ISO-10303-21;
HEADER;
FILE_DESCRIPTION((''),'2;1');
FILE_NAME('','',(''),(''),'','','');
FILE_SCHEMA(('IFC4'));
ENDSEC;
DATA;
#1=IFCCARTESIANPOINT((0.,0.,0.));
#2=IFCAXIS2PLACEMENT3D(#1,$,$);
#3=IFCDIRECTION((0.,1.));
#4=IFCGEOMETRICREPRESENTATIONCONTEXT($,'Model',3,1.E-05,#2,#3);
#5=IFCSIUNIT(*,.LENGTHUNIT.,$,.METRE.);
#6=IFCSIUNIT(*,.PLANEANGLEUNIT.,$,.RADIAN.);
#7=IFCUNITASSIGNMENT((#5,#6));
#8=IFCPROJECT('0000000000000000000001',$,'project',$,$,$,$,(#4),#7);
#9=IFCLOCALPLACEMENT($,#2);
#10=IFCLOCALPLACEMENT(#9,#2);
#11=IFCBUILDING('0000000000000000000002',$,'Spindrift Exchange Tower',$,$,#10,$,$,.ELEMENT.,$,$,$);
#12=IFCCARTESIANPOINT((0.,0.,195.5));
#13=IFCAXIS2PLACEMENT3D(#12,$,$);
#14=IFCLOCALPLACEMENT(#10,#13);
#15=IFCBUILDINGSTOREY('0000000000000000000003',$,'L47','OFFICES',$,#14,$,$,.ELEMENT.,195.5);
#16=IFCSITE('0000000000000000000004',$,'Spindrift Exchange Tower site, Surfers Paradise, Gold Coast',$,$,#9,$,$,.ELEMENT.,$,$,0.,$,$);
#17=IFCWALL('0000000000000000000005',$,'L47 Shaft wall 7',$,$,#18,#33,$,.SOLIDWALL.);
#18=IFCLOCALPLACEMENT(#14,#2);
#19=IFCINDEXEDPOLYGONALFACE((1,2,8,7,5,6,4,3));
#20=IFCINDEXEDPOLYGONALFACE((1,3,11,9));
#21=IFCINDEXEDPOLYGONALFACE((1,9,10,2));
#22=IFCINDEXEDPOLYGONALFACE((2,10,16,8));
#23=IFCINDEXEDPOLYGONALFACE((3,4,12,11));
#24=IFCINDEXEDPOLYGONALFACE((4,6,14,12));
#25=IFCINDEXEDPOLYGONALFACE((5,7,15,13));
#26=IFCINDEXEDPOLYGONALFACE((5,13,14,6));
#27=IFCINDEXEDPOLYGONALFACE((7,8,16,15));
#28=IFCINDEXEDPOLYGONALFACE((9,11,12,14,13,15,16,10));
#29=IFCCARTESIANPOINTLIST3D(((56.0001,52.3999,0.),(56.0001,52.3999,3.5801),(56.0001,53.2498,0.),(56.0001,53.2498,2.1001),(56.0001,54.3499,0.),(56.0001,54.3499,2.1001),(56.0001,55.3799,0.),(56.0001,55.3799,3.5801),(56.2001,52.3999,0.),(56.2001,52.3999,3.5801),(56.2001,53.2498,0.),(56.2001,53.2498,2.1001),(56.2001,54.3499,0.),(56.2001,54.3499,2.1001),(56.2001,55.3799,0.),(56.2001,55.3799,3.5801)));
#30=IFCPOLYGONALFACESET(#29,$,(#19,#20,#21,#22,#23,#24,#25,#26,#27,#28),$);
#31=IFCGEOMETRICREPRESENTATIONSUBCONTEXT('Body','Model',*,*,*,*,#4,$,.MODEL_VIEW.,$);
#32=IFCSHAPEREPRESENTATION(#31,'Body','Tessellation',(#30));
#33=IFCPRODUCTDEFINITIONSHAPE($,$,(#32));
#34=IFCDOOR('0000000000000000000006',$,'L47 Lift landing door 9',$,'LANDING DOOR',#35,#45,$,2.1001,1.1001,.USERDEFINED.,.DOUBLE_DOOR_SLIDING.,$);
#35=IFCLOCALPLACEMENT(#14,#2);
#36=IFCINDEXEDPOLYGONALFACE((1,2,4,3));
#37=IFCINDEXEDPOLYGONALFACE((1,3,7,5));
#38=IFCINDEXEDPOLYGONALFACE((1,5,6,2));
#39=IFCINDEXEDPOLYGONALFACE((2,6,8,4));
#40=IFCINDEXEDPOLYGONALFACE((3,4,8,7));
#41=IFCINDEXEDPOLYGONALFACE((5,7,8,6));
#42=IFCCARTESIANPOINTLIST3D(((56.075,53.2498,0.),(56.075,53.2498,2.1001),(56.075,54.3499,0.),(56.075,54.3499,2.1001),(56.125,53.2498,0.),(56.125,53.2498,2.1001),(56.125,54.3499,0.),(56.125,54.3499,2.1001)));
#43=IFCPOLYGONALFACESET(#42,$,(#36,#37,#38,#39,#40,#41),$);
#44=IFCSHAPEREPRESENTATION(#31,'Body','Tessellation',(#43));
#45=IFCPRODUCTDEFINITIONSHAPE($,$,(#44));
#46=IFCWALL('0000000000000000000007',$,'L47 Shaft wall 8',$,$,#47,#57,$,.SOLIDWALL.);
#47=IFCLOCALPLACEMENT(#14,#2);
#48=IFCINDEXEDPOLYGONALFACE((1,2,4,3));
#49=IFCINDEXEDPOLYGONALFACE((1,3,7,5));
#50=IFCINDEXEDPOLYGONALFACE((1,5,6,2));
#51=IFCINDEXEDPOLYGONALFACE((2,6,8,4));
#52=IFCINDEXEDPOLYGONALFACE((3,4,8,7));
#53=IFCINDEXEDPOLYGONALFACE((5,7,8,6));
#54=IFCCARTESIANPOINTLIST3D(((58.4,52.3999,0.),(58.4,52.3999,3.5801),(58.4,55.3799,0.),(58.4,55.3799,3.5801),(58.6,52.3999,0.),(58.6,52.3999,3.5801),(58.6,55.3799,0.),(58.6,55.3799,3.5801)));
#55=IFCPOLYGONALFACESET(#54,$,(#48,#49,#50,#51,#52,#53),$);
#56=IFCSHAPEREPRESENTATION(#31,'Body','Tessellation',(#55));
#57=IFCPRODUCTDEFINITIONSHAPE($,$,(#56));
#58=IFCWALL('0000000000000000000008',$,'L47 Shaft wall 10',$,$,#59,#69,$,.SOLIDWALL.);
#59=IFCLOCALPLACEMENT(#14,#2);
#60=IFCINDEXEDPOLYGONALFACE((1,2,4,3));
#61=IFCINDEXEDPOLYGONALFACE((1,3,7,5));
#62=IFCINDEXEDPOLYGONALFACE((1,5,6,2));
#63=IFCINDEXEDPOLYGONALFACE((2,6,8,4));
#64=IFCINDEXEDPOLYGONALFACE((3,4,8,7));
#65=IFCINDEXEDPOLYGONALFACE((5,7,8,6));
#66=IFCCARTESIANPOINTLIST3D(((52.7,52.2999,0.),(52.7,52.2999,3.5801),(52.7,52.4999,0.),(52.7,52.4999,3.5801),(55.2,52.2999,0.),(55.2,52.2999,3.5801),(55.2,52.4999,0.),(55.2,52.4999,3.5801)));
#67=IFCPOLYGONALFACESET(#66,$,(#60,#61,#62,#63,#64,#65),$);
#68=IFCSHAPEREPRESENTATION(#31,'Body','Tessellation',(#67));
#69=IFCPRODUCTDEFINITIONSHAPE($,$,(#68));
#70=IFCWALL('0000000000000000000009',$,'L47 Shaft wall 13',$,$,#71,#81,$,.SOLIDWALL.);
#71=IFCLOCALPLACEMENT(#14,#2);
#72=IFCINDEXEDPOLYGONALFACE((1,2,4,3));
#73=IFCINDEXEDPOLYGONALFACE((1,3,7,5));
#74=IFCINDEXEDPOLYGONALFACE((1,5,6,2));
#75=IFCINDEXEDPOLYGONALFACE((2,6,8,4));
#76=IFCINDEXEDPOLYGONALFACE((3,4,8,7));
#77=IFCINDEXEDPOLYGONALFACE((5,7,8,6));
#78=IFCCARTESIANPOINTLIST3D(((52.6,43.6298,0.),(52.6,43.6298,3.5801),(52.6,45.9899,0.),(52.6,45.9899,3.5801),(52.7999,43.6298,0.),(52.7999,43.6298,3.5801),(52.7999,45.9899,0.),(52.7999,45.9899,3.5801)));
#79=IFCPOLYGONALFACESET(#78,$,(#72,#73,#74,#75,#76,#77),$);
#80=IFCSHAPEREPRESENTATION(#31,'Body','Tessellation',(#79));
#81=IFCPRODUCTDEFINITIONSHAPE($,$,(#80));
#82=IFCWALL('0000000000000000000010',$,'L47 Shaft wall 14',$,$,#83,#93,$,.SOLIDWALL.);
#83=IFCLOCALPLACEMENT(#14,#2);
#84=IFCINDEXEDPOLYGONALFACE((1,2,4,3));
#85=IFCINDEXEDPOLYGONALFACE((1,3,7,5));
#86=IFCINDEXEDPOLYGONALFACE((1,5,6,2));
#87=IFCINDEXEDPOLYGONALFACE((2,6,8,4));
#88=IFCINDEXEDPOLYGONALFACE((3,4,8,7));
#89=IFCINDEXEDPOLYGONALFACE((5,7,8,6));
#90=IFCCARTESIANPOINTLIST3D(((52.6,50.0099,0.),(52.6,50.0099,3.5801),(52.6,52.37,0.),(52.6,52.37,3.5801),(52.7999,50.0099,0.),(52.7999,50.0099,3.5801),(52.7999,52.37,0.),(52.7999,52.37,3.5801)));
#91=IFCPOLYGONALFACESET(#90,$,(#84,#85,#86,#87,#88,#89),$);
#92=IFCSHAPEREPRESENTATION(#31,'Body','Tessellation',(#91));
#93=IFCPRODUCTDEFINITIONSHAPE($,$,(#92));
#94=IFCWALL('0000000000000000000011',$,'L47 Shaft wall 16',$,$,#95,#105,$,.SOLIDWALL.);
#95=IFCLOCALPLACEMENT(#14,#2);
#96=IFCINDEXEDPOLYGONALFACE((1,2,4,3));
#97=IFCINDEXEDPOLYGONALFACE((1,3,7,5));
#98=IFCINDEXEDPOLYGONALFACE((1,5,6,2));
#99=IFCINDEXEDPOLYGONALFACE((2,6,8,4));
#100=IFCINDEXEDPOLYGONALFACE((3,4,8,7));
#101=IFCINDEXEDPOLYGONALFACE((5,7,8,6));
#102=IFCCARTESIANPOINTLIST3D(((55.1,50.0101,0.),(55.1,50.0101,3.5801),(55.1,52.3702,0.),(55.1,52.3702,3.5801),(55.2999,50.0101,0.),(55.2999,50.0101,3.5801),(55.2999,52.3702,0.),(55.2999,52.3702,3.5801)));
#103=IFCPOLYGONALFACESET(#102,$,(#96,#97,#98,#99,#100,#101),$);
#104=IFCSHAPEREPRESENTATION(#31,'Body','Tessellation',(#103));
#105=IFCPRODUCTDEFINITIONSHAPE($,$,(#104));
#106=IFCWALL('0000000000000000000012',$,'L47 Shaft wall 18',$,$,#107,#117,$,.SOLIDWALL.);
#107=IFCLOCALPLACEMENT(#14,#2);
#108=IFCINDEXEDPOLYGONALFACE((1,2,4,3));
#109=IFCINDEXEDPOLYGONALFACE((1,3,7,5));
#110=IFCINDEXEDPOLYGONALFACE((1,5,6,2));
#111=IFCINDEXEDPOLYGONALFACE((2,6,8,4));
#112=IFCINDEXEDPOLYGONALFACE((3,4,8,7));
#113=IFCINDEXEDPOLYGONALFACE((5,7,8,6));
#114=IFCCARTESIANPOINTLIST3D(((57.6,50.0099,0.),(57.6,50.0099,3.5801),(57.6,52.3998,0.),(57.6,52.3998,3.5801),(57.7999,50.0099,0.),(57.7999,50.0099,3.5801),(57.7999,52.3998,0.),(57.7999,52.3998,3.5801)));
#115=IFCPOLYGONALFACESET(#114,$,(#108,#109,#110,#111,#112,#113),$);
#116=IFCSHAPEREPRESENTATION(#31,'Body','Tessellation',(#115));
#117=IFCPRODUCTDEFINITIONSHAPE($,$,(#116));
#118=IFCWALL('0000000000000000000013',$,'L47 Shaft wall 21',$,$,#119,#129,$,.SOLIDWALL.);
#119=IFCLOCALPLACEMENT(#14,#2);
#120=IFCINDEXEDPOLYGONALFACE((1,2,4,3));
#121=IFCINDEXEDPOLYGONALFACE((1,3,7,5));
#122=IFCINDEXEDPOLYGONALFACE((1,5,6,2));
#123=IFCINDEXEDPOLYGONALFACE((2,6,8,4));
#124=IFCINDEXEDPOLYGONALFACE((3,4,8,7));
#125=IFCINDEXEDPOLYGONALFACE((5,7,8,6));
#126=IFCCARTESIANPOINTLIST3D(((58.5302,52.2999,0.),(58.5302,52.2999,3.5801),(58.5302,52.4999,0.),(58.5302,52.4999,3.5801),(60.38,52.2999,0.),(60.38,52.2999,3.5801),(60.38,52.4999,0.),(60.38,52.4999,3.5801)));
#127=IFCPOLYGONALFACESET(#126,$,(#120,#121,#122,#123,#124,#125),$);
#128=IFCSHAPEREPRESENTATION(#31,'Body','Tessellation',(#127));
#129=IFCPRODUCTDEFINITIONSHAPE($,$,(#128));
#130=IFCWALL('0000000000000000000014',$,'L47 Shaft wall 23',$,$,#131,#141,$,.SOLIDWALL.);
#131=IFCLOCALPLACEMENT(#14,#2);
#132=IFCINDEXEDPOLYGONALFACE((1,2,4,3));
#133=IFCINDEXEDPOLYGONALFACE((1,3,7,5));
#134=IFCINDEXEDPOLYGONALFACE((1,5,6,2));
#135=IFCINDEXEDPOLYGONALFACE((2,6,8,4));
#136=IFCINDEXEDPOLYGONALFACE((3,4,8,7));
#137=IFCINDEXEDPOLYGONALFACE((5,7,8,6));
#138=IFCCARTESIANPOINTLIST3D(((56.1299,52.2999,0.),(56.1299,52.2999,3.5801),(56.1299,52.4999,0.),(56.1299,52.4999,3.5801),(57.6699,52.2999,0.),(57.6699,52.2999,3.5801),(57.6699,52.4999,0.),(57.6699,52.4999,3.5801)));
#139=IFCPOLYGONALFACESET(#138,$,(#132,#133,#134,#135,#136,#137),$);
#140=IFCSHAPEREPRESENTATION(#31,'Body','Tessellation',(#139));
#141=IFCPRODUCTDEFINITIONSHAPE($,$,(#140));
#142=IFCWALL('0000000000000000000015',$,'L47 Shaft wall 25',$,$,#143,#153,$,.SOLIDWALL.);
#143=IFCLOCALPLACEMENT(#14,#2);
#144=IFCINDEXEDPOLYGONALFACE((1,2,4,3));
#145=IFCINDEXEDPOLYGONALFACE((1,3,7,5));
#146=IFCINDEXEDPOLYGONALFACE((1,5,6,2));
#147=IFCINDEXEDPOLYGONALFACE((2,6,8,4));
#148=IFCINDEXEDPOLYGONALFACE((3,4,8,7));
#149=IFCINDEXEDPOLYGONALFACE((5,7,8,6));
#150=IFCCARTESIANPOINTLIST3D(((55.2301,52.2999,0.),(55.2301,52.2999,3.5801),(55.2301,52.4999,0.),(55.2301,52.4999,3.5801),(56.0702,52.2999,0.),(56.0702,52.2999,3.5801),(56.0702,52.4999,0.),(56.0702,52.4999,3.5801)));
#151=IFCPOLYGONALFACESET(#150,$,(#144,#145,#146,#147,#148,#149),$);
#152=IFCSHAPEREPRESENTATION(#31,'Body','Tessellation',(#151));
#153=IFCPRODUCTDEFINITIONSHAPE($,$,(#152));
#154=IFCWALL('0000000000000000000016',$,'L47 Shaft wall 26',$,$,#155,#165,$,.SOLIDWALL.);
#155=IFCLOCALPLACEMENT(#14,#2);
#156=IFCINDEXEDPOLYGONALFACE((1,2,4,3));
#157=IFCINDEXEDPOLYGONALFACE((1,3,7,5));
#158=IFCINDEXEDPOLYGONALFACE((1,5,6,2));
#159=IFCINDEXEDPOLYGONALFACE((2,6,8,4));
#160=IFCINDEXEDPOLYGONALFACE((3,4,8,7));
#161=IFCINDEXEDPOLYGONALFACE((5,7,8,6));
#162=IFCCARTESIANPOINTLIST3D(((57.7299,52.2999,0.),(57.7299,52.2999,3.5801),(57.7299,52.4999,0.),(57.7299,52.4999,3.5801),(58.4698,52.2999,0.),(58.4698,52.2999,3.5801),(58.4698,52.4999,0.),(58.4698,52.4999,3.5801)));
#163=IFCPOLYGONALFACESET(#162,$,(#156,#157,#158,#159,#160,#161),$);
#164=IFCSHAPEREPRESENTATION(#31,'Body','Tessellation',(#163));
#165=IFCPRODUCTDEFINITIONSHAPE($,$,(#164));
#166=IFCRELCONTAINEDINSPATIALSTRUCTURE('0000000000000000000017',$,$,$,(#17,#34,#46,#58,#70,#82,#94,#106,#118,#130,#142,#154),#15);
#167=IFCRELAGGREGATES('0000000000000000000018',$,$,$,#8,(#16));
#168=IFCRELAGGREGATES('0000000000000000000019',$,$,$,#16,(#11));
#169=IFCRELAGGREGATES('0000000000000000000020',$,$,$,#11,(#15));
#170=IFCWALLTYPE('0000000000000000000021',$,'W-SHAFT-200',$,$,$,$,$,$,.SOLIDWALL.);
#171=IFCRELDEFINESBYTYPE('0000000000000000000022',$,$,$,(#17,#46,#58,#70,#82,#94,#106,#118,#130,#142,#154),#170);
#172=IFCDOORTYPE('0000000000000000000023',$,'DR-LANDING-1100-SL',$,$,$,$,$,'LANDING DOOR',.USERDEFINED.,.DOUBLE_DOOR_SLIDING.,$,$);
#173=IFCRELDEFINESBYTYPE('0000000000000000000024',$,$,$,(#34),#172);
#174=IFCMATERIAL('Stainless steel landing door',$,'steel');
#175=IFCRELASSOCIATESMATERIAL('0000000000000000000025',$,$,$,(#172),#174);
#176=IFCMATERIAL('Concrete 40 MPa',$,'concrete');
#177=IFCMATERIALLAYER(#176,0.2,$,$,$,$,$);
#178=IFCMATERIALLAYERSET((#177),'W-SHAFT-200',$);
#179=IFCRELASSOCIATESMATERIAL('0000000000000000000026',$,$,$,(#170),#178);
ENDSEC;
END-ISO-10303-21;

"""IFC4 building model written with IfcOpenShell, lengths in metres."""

from ifc_helpers import new_model, si_unit, direction, frame, frame_2d, origin, place, context, subcontext, project, spatial, rectangle, extrude, source, transform, mapped, material, layer, layer_set, type_object, element, fill, save


model = new_model("IFC4")

# Units and contexts
model_context = context("Model", 3, precision=1e-05, world=origin(), true_north=direction((0.0, 1.0)))
body_context = subcontext(model_context, "Body", "Model", "MODEL_VIEW")
ifc_project = project(units=[si_unit("LENGTHUNIT", "METRE"), si_unit("PLANEANGLEUNIT", "RADIAN")], contexts=[model_context])

# Site, building, storey
site_placement = place(None, origin())
site = spatial("IfcSite", under=ifc_project, at=site_placement, Name="Spindrift Exchange Tower site, Surfers Paradise, Gold Coast", CompositionType="ELEMENT", RefElevation=0.0)
building_placement = place(site_placement, origin())
building = spatial("IfcBuilding", under=site, at=building_placement, Name="Spindrift Exchange Tower", CompositionType="ELEMENT")
storey_placement = place(building_placement, frame((0.0, 0.0, 195.5)))
storey = spatial("IfcBuildingStorey", under=building, at=storey_placement, Name="L47", Description="OFFICES", CompositionType="ELEMENT", Elevation=195.5)

# Shared definitions
ifc_material_1 = material(Name="Stainless steel landing door", Category="steel")
door_type_1 = type_object("IfcDoorType", Name="DR-LANDING-1100-SL", ElementType="LANDING DOOR", OperationType="DOUBLE_DOOR_SLIDING", PredefinedType="USERDEFINED", material=ifc_material_1)
shared_shape_1 = source(origin(), body_context, "Body", "SweptSolid", [
    extrude(rectangle(XDim=1.1001, YDim=2.1001, at=frame_2d((0.55, 1.05))), frame((0.0, 0.0249, 0.0), z_axis=(0.0, -1.0, 0.0), x_axis=(1.0, 0.0, 0.0)), (0.0, 0.0, 1.0), 0.05),
])

# Wall, opening, door
ifc_material_2 = material(Name="Concrete 40 MPa", Category="concrete")
ifc_layer_1 = layer(ifc_material_2, 0.2)
ifc_layer_set_1 = layer_set([ifc_layer_1], Name="W-SHAFT-200")
wall_type_1 = type_object("IfcWallType", Name="W-SHAFT-200", PredefinedType="SOLIDWALL", material=ifc_layer_set_1)
wall_1_placement = place(storey_placement, frame((56.1001, 55.3799, 0.0), z_axis=(0.0, 0.0, 1.0), x_axis=(0.0, -1.0, 0.0)))
wall_1 = element("IfcWall", 1, at=wall_1_placement, inside=storey, type_object=wall_type_1, Name="L47 Shaft wall 7", PredefinedType="SOLIDWALL", context=body_context, shape_type="SweptSolid", body=[
    extrude(rectangle(XDim=2.98, YDim=0.2, at=frame_2d((1.49, 0.0))), origin(), (0.0, 0.0, 1.0), 3.5801),
])
opening_1_placement = place(wall_1_placement, frame((1.03, 0.0, 0.0)))
opening_1 = element("IfcOpeningElement", 2, at=opening_1_placement, cuts=wall_1, PredefinedType="OPENING", context=body_context, shape_type="SweptSolid", body=[
    extrude(rectangle(XDim=1.1001, YDim=2.1001, at=frame_2d((0.55, 1.05))), frame((0.0, 0.1099, 0.0), z_axis=(0.0, -1.0, 0.0), x_axis=(1.0, 0.0, 0.0)), (0.0, 0.0, 1.0), 0.22),
])
door_1_placement = place(opening_1_placement, origin())
door_1 = element("IfcDoor", 3, at=door_1_placement, inside=storey, type_object=door_type_1, Name="L47 Lift landing door 9", ObjectType="LANDING DOOR", OperationType="DOUBLE_DOOR_SLIDING", OverallHeight=2.1001, OverallWidth=1.1001, PredefinedType="USERDEFINED", context=body_context, shape_type="MappedRepresentation", body=[
    mapped(shared_shape_1, transform((0.0, 0.0, 0.0), scale=1.0)),
])
fill(opening_1, door_1)

# Walls
wall_2_placement = place(storey_placement, frame((58.5, 52.3999, 0.0), z_axis=(0.0, 0.0, 1.0), x_axis=(0.0, 1.0, 0.0)))
element("IfcWall", 4, at=wall_2_placement, inside=storey, type_object=wall_type_1, Name="L47 Shaft wall 8", PredefinedType="SOLIDWALL", context=body_context, shape_type="SweptSolid", body=[
    extrude(rectangle(XDim=2.98, YDim=0.2, at=frame_2d((1.49, 0.0))), origin(), (0.0, 0.0, 1.0), 3.5801),
])
wall_3_placement = place(storey_placement, frame((55.2, 52.3999, 0.0), z_axis=(0.0, 0.0, 1.0), x_axis=(-1.0, 0.0, 0.0)))
element("IfcWall", 5, at=wall_3_placement, inside=storey, type_object=wall_type_1, Name="L47 Shaft wall 10", PredefinedType="SOLIDWALL", context=body_context, shape_type="SweptSolid", body=[
    extrude(rectangle(XDim=2.5, YDim=0.2, at=frame_2d((1.25, 0.0))), origin(), (0.0, 0.0, 1.0), 3.5801),
])
for number, where, z_axis, x_axis, name in (
    (6, (52.7, 45.99, 0.0), (0.0, 0.0, 1.0), (0.0, -1.0, 0.0), "L47 Shaft wall 13"),
    (7, (52.7, 52.3701, 0.0), (0.0, 0.0, 1.0), (0.0, -1.0, 0.0), "L47 Shaft wall 14"),
    (8, (55.2, 50.01, 0.0), (0.0, 0.0, 1.0), (0.0, 1.0, 0.0), "L47 Shaft wall 16"),
):
    element("IfcWall", number, at=place(storey_placement, frame(where, z_axis=z_axis, x_axis=x_axis)), inside=storey, type_object=wall_type_1, Name=name, PredefinedType="SOLIDWALL", context=body_context, shape_type="SweptSolid", body=[
        extrude(rectangle(XDim=2.3601, YDim=0.2, at=frame_2d((1.1802, 0.0))), origin(), (0.0, 0.0, 1.0), 3.5801),
    ])
wall_4_placement = place(storey_placement, frame((57.7, 50.01, 0.0), z_axis=(0.0, 0.0, 1.0), x_axis=(0.0, 1.0, 0.0)))
element("IfcWall", 9, at=wall_4_placement, inside=storey, type_object=wall_type_1, Name="L47 Shaft wall 18", PredefinedType="SOLIDWALL", context=body_context, shape_type="SweptSolid", body=[
    extrude(rectangle(XDim=2.3899, YDim=0.2, at=frame_2d((1.1948, 0.0))), origin(), (0.0, 0.0, 1.0), 3.5801),
])
wall_5_placement = place(storey_placement, frame((60.3799, 52.3999, 0.0), z_axis=(0.0, 0.0, 1.0), x_axis=(-1.0, 0.0, 0.0)))
element("IfcWall", 10, at=wall_5_placement, inside=storey, type_object=wall_type_1, Name="L47 Shaft wall 21", PredefinedType="SOLIDWALL", context=body_context, shape_type="SweptSolid", body=[
    extrude(rectangle(XDim=1.8499, YDim=0.2, at=frame_2d((0.9248, 0.0))), origin(), (0.0, 0.0, 1.0), 3.5801),
])
wall_6_placement = place(storey_placement, frame((57.6699, 52.3999, 0.0), z_axis=(0.0, 0.0, 1.0), x_axis=(-1.0, 0.0, 0.0)))
element("IfcWall", 11, at=wall_6_placement, inside=storey, type_object=wall_type_1, Name="L47 Shaft wall 23", PredefinedType="SOLIDWALL", context=body_context, shape_type="SweptSolid", body=[
    extrude(rectangle(XDim=1.54, YDim=0.2, at=frame_2d((0.77, 0.0))), origin(), (0.0, 0.0, 1.0), 3.5801),
])
wall_7_placement = place(storey_placement, frame((56.0701, 52.3999, 0.0), z_axis=(0.0, 0.0, 1.0), x_axis=(-1.0, 0.0, 0.0)))
element("IfcWall", 12, at=wall_7_placement, inside=storey, type_object=wall_type_1, Name="L47 Shaft wall 25", PredefinedType="SOLIDWALL", context=body_context, shape_type="SweptSolid", body=[
    extrude(rectangle(XDim=0.8401, YDim=0.2, at=frame_2d((0.4199, 0.0))), origin(), (0.0, 0.0, 1.0), 3.5801),
])
wall_8_placement = place(storey_placement, frame((58.47, 52.3999, 0.0), z_axis=(0.0, 0.0, 1.0), x_axis=(-1.0, 0.0, 0.0)))
element("IfcWall", 13, at=wall_8_placement, inside=storey, type_object=wall_type_1, Name="L47 Shaft wall 26", PredefinedType="SOLIDWALL", context=body_context, shape_type="SweptSolid", body=[
    extrude(rectangle(XDim=0.74, YDim=0.2, at=frame_2d((0.3701, 0.0))), origin(), (0.0, 0.0, 1.0), 3.5801),
])

save(model, "model.ifc")
